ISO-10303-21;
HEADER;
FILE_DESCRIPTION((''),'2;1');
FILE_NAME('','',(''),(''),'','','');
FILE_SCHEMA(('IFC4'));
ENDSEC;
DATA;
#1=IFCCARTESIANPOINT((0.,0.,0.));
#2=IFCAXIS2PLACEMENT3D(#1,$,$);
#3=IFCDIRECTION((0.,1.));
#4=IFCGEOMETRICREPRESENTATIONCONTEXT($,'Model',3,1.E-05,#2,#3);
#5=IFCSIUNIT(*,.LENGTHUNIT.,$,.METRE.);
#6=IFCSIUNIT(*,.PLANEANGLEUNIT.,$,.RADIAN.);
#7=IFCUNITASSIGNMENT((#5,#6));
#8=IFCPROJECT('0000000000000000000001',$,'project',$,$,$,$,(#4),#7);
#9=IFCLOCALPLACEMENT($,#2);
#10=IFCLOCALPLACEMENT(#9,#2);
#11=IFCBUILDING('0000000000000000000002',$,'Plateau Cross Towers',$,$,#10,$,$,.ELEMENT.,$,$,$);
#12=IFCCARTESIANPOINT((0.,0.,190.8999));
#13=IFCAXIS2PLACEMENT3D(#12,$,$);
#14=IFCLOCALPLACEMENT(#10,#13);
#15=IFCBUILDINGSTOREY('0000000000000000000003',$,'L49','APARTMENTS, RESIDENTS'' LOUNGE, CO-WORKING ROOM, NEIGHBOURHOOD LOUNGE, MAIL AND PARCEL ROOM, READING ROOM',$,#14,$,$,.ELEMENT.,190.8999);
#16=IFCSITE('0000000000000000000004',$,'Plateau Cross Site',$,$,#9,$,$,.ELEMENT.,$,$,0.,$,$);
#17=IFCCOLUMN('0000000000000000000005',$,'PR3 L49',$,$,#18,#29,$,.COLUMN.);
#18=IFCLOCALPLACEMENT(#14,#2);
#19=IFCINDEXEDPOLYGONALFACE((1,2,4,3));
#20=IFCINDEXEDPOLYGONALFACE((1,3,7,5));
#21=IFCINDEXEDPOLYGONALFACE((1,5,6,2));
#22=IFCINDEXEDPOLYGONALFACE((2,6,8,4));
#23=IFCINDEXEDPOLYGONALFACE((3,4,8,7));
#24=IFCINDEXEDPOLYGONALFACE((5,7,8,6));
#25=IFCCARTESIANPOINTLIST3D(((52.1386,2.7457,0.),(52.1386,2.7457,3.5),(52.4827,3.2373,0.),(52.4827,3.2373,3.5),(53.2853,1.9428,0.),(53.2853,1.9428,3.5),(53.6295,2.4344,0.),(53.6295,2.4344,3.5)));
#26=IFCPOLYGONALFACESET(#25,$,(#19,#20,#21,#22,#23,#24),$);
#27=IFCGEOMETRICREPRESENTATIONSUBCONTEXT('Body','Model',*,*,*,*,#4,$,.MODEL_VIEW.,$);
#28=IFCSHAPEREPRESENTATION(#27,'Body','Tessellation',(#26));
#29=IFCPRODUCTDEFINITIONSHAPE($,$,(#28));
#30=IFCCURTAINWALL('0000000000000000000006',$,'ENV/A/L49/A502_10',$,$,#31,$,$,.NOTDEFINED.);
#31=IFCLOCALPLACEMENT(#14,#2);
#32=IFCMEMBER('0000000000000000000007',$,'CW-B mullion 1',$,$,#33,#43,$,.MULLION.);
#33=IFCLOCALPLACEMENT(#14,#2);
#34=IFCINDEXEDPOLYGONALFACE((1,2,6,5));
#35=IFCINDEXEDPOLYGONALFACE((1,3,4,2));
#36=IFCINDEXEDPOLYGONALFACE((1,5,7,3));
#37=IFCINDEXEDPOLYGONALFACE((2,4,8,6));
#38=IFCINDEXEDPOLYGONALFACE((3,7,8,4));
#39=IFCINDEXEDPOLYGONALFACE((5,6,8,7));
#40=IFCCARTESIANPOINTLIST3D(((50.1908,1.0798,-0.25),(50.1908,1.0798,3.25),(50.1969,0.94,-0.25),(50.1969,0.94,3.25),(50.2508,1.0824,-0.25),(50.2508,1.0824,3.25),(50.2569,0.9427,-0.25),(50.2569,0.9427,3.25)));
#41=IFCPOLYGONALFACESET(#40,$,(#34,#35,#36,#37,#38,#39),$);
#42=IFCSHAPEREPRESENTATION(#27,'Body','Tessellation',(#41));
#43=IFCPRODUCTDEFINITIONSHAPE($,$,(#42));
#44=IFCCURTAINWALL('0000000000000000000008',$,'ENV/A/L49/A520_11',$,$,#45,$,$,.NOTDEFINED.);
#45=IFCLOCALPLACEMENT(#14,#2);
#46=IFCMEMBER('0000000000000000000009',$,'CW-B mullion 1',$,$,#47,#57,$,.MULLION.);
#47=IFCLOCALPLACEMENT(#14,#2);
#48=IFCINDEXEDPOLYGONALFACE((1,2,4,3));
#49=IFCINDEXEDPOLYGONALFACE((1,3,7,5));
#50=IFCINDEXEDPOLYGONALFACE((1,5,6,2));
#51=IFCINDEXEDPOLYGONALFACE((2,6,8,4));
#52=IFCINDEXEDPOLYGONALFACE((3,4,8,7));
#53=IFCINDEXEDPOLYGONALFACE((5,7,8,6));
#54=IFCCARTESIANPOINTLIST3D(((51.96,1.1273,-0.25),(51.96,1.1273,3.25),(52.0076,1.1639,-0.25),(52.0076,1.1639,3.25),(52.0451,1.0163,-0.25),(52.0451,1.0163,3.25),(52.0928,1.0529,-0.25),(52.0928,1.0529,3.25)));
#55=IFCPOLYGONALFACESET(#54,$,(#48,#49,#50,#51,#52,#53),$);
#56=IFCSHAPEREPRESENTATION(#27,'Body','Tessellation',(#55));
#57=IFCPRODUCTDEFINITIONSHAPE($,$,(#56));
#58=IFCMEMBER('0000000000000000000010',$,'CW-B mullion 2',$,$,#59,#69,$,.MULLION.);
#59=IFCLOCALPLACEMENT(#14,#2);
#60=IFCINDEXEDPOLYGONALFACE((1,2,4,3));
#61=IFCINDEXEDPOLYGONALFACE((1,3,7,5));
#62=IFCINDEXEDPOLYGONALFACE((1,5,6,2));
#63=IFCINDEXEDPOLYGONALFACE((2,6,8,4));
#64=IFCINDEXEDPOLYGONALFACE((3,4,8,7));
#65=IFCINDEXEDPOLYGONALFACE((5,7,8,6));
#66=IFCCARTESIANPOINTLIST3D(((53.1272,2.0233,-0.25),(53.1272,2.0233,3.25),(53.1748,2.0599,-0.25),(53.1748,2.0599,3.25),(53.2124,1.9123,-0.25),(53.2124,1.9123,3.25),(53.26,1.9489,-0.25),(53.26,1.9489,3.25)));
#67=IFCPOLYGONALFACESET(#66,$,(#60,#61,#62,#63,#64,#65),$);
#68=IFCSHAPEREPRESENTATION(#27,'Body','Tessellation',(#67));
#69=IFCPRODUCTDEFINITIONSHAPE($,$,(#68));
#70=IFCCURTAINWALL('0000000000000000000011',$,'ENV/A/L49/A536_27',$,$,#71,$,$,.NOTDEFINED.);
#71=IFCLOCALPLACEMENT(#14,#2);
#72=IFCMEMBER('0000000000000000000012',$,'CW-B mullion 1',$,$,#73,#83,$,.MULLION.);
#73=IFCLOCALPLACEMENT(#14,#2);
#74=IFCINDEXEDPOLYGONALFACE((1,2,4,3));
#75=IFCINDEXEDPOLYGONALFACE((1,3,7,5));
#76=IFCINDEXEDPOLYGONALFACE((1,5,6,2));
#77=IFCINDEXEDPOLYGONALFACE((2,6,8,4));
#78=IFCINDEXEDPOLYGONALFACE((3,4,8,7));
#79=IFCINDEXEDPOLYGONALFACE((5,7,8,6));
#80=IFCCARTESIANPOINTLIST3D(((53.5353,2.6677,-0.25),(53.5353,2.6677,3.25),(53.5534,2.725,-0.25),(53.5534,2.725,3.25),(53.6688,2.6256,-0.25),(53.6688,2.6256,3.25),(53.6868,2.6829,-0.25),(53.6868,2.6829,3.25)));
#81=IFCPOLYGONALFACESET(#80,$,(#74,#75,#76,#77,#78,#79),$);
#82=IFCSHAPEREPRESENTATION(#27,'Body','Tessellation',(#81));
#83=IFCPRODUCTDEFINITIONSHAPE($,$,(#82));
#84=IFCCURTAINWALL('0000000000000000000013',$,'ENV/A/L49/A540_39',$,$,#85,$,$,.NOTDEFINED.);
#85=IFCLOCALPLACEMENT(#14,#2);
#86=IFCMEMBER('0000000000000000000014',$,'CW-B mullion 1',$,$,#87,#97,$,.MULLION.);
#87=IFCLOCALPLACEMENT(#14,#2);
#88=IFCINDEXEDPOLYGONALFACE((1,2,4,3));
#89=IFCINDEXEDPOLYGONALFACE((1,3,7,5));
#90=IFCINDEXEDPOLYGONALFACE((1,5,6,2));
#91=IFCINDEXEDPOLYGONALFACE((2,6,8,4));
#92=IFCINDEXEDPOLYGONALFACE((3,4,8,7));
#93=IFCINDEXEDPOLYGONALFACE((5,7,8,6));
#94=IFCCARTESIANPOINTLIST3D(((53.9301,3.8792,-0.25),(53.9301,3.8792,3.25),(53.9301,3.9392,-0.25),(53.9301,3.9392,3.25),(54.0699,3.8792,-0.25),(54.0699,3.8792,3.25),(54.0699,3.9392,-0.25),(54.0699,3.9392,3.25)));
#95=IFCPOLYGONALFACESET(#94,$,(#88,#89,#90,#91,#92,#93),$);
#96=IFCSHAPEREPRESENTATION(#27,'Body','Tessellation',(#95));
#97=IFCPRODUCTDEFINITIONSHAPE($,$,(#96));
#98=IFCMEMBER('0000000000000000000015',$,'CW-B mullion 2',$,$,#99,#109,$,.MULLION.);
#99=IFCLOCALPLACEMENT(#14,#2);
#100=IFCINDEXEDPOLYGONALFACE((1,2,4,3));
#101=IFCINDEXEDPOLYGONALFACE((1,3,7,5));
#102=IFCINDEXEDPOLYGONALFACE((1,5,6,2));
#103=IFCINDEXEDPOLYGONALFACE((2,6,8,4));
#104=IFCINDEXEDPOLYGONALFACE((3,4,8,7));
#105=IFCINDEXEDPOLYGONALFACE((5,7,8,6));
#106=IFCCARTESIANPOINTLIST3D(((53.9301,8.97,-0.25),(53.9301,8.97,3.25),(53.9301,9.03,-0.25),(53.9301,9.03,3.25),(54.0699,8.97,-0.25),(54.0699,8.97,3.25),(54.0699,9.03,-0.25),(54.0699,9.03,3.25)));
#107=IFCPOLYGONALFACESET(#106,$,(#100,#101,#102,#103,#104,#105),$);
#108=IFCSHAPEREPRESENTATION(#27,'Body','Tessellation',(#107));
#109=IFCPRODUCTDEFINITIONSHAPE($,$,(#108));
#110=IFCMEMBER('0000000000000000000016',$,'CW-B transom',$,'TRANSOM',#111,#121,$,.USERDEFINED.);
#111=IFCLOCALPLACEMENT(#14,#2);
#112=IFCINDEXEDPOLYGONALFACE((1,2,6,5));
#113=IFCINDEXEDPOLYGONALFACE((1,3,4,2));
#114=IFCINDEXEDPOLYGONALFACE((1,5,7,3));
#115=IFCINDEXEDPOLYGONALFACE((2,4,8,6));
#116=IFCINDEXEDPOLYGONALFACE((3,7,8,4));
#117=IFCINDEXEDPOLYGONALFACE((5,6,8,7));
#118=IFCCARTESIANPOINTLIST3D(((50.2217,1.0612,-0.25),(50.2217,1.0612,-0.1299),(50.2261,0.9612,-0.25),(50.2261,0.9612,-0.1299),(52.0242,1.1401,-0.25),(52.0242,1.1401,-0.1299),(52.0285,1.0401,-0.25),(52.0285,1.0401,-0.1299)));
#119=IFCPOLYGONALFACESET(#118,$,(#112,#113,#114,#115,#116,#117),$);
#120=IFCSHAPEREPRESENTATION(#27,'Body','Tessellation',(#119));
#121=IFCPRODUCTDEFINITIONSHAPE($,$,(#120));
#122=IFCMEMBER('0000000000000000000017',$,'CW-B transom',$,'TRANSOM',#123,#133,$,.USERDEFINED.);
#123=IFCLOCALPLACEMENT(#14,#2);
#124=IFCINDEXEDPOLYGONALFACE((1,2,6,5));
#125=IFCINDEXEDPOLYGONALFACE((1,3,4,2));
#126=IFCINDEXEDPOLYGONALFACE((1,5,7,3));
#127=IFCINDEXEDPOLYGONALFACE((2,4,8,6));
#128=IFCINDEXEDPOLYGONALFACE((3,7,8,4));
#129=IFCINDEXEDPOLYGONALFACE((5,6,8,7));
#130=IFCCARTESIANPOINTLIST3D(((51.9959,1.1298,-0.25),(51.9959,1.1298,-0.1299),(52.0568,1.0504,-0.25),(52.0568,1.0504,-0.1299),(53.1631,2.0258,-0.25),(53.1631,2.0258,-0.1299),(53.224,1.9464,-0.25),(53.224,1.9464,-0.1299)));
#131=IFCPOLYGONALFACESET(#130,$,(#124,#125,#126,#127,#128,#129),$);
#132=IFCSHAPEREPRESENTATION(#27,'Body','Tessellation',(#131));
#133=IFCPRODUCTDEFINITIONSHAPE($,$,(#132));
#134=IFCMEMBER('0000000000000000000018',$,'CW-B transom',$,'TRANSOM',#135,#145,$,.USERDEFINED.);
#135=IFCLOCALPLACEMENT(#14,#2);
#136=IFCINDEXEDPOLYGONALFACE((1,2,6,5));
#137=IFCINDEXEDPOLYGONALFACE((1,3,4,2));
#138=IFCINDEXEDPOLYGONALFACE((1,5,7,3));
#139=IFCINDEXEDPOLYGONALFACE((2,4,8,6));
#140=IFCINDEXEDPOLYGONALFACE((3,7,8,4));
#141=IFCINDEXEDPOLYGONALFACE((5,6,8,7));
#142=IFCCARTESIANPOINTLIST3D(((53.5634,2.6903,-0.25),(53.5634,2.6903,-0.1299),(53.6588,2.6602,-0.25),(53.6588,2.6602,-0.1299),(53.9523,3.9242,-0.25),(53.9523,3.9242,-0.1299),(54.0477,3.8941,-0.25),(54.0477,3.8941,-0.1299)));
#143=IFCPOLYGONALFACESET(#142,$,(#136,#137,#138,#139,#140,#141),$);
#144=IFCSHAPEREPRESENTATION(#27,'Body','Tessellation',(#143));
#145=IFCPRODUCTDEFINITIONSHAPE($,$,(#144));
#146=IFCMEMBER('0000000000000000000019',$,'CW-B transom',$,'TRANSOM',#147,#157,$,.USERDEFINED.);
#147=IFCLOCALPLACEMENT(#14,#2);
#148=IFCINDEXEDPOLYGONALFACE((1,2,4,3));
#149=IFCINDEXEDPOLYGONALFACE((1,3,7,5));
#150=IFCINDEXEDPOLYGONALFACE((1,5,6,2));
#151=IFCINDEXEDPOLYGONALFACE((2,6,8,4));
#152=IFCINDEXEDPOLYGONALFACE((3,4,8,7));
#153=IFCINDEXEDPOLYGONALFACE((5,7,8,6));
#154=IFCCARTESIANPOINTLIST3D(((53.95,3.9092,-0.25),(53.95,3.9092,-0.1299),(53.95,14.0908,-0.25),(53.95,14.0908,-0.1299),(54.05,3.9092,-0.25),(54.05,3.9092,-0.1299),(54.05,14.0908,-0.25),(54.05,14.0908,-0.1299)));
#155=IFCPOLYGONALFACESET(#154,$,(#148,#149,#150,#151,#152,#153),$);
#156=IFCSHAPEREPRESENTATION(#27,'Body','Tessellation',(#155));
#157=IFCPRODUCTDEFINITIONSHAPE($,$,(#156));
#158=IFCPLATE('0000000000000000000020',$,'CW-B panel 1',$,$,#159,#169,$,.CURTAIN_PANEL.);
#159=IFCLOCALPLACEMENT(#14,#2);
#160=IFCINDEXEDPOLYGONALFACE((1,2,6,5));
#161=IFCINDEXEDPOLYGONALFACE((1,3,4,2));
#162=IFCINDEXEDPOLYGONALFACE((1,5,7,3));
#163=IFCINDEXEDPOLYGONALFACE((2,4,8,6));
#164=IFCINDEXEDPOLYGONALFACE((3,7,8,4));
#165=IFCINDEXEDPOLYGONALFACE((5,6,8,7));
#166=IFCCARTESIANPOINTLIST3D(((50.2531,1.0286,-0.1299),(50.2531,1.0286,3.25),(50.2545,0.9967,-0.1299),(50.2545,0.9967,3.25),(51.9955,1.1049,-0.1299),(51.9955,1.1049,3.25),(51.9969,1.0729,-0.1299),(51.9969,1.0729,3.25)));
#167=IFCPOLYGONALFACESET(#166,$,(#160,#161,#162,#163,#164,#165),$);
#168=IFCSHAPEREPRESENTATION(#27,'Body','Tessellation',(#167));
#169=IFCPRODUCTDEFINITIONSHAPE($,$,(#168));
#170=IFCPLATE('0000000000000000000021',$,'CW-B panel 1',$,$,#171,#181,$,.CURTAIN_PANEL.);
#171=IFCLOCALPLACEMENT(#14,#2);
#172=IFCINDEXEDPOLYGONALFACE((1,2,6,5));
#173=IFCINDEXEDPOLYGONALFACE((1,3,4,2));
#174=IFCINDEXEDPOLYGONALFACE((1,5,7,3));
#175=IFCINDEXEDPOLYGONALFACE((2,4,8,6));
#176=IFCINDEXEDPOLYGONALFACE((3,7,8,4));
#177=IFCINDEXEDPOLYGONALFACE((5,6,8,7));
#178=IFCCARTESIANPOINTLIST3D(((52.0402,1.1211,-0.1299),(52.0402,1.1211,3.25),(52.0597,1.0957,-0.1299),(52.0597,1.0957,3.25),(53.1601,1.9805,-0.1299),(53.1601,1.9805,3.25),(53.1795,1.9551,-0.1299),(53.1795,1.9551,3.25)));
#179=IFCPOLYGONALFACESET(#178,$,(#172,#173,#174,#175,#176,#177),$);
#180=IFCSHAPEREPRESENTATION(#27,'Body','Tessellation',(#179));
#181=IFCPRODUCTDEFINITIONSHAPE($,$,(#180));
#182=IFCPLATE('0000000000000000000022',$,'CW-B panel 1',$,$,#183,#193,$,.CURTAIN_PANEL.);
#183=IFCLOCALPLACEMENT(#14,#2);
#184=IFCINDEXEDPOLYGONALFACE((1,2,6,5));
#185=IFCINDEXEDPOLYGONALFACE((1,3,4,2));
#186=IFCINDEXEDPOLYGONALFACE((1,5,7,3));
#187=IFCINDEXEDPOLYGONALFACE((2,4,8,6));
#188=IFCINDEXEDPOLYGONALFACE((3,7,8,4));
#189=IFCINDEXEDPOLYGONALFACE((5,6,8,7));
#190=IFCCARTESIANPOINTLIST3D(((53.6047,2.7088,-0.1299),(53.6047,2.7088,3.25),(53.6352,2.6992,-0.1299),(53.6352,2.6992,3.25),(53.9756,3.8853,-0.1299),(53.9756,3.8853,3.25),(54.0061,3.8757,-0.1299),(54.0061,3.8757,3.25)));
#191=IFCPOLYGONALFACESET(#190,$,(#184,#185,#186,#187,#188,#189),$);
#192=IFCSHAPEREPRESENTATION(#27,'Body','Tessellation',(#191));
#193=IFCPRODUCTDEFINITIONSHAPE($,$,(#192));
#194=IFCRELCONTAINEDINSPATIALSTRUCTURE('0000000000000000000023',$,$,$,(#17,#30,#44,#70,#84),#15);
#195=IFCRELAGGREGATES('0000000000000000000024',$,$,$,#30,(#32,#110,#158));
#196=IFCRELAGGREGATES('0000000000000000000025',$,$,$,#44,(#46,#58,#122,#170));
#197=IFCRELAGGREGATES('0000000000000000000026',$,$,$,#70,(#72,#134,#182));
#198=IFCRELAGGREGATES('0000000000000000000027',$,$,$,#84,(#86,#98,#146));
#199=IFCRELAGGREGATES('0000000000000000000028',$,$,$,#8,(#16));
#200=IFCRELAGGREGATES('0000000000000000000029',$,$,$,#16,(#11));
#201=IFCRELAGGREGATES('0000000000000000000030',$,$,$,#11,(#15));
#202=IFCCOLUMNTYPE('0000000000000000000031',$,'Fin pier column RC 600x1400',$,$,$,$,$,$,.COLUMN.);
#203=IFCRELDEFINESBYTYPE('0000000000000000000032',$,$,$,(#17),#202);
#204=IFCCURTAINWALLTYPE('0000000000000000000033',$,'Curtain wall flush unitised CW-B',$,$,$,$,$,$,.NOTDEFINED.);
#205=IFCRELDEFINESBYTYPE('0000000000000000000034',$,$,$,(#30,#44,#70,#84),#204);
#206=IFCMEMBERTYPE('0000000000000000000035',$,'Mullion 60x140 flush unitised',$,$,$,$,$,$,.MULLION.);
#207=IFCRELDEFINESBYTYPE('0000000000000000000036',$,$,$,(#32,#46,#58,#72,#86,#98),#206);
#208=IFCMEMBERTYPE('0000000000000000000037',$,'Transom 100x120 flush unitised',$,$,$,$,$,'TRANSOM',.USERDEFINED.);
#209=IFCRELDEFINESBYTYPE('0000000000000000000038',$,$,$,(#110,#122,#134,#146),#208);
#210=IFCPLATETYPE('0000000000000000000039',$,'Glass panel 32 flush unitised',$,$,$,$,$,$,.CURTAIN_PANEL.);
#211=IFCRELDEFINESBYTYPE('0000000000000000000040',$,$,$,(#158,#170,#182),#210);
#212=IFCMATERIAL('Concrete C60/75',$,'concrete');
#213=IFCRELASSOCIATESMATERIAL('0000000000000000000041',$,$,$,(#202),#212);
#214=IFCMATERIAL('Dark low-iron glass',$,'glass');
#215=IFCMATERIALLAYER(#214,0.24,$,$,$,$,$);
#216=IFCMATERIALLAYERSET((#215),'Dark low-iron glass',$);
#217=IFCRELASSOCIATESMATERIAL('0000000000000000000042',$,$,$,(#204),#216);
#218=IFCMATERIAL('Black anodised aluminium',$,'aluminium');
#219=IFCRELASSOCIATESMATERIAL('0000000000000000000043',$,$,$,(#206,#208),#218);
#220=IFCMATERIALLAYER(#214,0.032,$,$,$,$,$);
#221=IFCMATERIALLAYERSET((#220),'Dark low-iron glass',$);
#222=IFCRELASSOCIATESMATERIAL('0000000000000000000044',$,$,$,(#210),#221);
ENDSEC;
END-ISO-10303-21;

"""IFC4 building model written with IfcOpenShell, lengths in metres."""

from ifc_helpers import new_model, si_unit, direction, frame, origin, origin_2d, place, context, subcontext, project, spatial, rectangle, extrude, material, layer, layer_set, material_profile, profile_set, type_object, element, aggregate, save


model = new_model("IFC4")

# Units and contexts
model_context = context("Model", 3, precision=1e-05, world=origin(), true_north=direction((0.0, 1.0)))
body_context = subcontext(model_context, "Body", "Model", "MODEL_VIEW")
ifc_project = project(units=[si_unit("LENGTHUNIT", "METRE"), si_unit("PLANEANGLEUNIT", "RADIAN")], contexts=[model_context])

# Site, building, storey
site_placement = place(None, origin())
site = spatial("IfcSite", under=ifc_project, at=site_placement, Name="Plateau Cross Site", CompositionType="ELEMENT", RefElevation=0.0)
building_placement = place(site_placement, origin())
building = spatial("IfcBuilding", under=site, at=building_placement, Name="Plateau Cross Towers", CompositionType="ELEMENT")
storey_placement = place(building_placement, frame((0.0, 0.0, 190.8999)))
storey = spatial("IfcBuildingStorey", under=building, at=storey_placement, Name="L49", Description="APARTMENTS, RESIDENTS' LOUNGE, CO-WORKING ROOM, NEIGHBOURHOOD LOUNGE, MAIL AND PARCEL ROOM, READING ROOM", CompositionType="ELEMENT", Elevation=190.8999)

# Column
ifc_material_1 = material(Name="Concrete C60/75", Category="concrete")
ifc_material_profile_1 = material_profile(ifc_material_1, rectangle(XDim=0.6001, YDim=1.3999, at=origin_2d()), Name="RC 600x1400")
ifc_profile_set_1 = profile_set([ifc_material_profile_1], Name="Concrete C60/75")
column_type = type_object("IfcColumnType", Name="Fin pier column RC 600x1400", PredefinedType="COLUMN", material=ifc_profile_set_1)
column_placement = place(storey_placement, frame((52.884, 2.5901, 0.0), z_axis=(0.0, 0.0, 1.0), x_axis=(0.573543, 0.819176, 0.0)))
element("IfcColumn", 1, at=column_placement, inside=storey, type_object=column_type, Name="PR3 L49", PredefinedType="COLUMN", context=body_context, shape_type="SweptSolid", body=[
    extrude(rectangle(XDim=0.6001, YDim=1.3999, at=origin_2d()), origin(), (0.0, 0.0, 1.0), 3.5),
])

# Curtain wall, member
ifc_material_2 = material(Name="Dark low-iron glass", Category="glass")
ifc_layer_1 = layer(ifc_material_2, 0.24)
ifc_layer_set_1 = layer_set([ifc_layer_1], Name="Dark low-iron glass")
curtain_wall_type_1 = type_object("IfcCurtainWallType", Name="Curtain wall flush unitised CW-B", PredefinedType="NOTDEFINED", material=ifc_layer_set_1)
curtain_wall_1_placement = place(storey_placement, origin())
curtain_wall_1 = element("IfcCurtainWall", 2, at=curtain_wall_1_placement, inside=storey, type_object=curtain_wall_type_1, Name="ENV/A/L49/A502_10", PredefinedType="NOTDEFINED")
ifc_material_3 = material(Name="Black anodised aluminium", Category="aluminium")
ifc_material_profile_2 = material_profile(ifc_material_3, rectangle(XDim=0.0601, YDim=0.1399, at=origin_2d()), Name="MULLION 60x140")
ifc_profile_set_2 = profile_set([ifc_material_profile_2], Name="Black anodised aluminium")
member_type_1 = type_object("IfcMemberType", Name="Mullion 60x140 flush unitised", PredefinedType="MULLION", material=ifc_profile_set_2)
member_1_placement = place(storey_placement, frame((50.2239, 1.0112, -0.25), z_axis=(0.0, 0.0, 1.0), x_axis=(0.999044, 0.043723, 0.0)))
member_1 = element("IfcMember", 3, at=member_1_placement, type_object=member_type_1, Name="CW-B mullion 1", PredefinedType="MULLION", context=body_context, shape_type="SweptSolid", body=[
    extrude(rectangle(XDim=0.0601, YDim=0.1399, at=origin_2d()), origin(), (0.0, 0.0, 1.0), 3.5),
])

# Curtain wall, members
curtain_wall_2_placement = place(storey_placement, origin())
curtain_wall_2 = element("IfcCurtainWall", 4, at=curtain_wall_2_placement, inside=storey, type_object=curtain_wall_type_1, Name="ENV/A/L49/A520_11", PredefinedType="NOTDEFINED")
member_2_placement = place(storey_placement, frame((52.0264, 1.0901, -0.25), z_axis=(0.0, 0.0, 1.0), x_axis=(0.793316, 0.608811, 0.0)))
member_2 = element("IfcMember", 5, at=member_2_placement, type_object=member_type_1, Name="CW-B mullion 1", PredefinedType="MULLION", context=body_context, shape_type="SweptSolid", body=[
    extrude(rectangle(XDim=0.0601, YDim=0.1399, at=origin_2d()), origin(), (0.0, 0.0, 1.0), 3.5),
])
member_3_placement = place(storey_placement, frame((53.1936, 1.9861, -0.25), z_axis=(0.0, 0.0, 1.0), x_axis=(0.793316, 0.608811, 0.0)))
member_3 = element("IfcMember", 6, at=member_3_placement, type_object=member_type_1, Name="CW-B mullion 2", PredefinedType="MULLION", context=body_context, shape_type="SweptSolid", body=[
    extrude(rectangle(XDim=0.0601, YDim=0.1399, at=origin_2d()), origin(), (0.0, 0.0, 1.0), 3.5),
])

# Curtain wall, member
curtain_wall_3_placement = place(storey_placement, origin())
curtain_wall_3 = element("IfcCurtainWall", 7, at=curtain_wall_3_placement, inside=storey, type_object=curtain_wall_type_1, Name="ENV/A/L49/A536_27", PredefinedType="NOTDEFINED")
member_4_placement = place(storey_placement, frame((53.6111, 2.6753, -0.25), z_axis=(0.0, 0.0, 1.0), x_axis=(0.300686, 0.953723, 0.0)))
member_4 = element("IfcMember", 8, at=member_4_placement, type_object=member_type_1, Name="CW-B mullion 1", PredefinedType="MULLION", context=body_context, shape_type="SweptSolid", body=[
    extrude(rectangle(XDim=0.0601, YDim=0.1399, at=origin_2d()), origin(), (0.0, 0.0, 1.0), 3.5),
])

# Curtain wall, members
curtain_wall_4_placement = place(storey_placement, origin())
curtain_wall_4 = element("IfcCurtainWall", 9, at=curtain_wall_4_placement, inside=storey, type_object=curtain_wall_type_1, Name="ENV/A/L49/A540_39", PredefinedType="NOTDEFINED")
member_5_placement = place(storey_placement, frame((54.0, 3.9092, -0.25), z_axis=(0.0, 0.0, 1.0), x_axis=(0.0, 1.0, 0.0)))
member_5 = element("IfcMember", 10, at=member_5_placement, type_object=member_type_1, Name="CW-B mullion 1", PredefinedType="MULLION", context=body_context, shape_type="SweptSolid", body=[
    extrude(rectangle(XDim=0.0601, YDim=0.1399, at=origin_2d()), origin(), (0.0, 0.0, 1.0), 3.5),
])
member_6_placement = place(storey_placement, frame((54.0, 9.0, -0.25), z_axis=(0.0, 0.0, 1.0), x_axis=(0.0, 1.0, 0.0)))
member_6 = element("IfcMember", 11, at=member_6_placement, type_object=member_type_1, Name="CW-B mullion 2", PredefinedType="MULLION", context=body_context, shape_type="SweptSolid", body=[
    extrude(rectangle(XDim=0.0601, YDim=0.1399, at=origin_2d()), origin(), (0.0, 0.0, 1.0), 3.5),
])

# Members
ifc_material_profile_3 = material_profile(ifc_material_3, rectangle(XDim=0.1001, YDim=0.1201, at=origin_2d()), Name="TRANSOM 100x120")
ifc_profile_set_3 = profile_set([ifc_material_profile_3], Name="Black anodised aluminium")
member_type_2 = type_object("IfcMemberType", Name="Transom 100x120 flush unitised", ElementType="TRANSOM", PredefinedType="USERDEFINED", material=ifc_profile_set_3)
member_7_placement = place(storey_placement, frame((50.2239, 1.0112, -0.1899), z_axis=(0.999044, 0.043707, 0.0), x_axis=(-0.043707, 0.999044, 0.0)))
member_7 = element("IfcMember", 12, at=member_7_placement, type_object=member_type_2, Name="CW-B transom", ObjectType="TRANSOM", PredefinedType="USERDEFINED", context=body_context, shape_type="SweptSolid", body=[
    extrude(rectangle(XDim=0.1001, YDim=0.1201, at=origin_2d()), origin(), (0.0, 0.0, 1.0), 1.8042),
])
member_8_placement = place(storey_placement, frame((52.0264, 1.0901, -0.1899), z_axis=(0.79324, 0.608909, 0.0), x_axis=(-0.608909, 0.79324, 0.0)))
member_8 = element("IfcMember", 13, at=member_8_placement, type_object=member_type_2, Name="CW-B transom", ObjectType="TRANSOM", PredefinedType="USERDEFINED", context=body_context, shape_type="SweptSolid", body=[
    extrude(rectangle(XDim=0.1001, YDim=0.1201, at=origin_2d()), origin(), (0.0, 0.0, 1.0), 1.4714),
])
member_9_placement = place(storey_placement, frame((53.6111, 2.6753, -0.1899), z_axis=(0.300617, 0.953745, 0.0), x_axis=(-0.953745, 0.300617, 0.0)))
member_9 = element("IfcMember", 14, at=member_9_placement, type_object=member_type_2, Name="CW-B transom", ObjectType="TRANSOM", PredefinedType="USERDEFINED", context=body_context, shape_type="SweptSolid", body=[
    extrude(rectangle(XDim=0.1001, YDim=0.1201, at=origin_2d()), origin(), (0.0, 0.0, 1.0), 1.2937),
])
member_10_placement = place(storey_placement, frame((54.0, 3.9092, -0.1899), z_axis=(0.0, 1.0, 0.0), x_axis=(-1.0, 0.0, 0.0)))
member_10 = element("IfcMember", 15, at=member_10_placement, type_object=member_type_2, Name="CW-B transom", ObjectType="TRANSOM", PredefinedType="USERDEFINED", context=body_context, shape_type="SweptSolid", body=[
    extrude(rectangle(XDim=0.1001, YDim=0.1201, at=origin_2d()), origin(), (0.0, 0.0, 1.0), 10.1816),
])

# Plates
ifc_layer_2 = layer(ifc_material_2, 0.032)
ifc_layer_set_2 = layer_set([ifc_layer_2], Name="Dark low-iron glass")
plate_type_1 = type_object("IfcPlateType", Name="Glass panel 32 flush unitised", PredefinedType="CURTAIN_PANEL", material=ifc_layer_set_2)
plate_1_placement = place(storey_placement, frame((51.125, 1.0508, -0.1299), z_axis=(0.0, 0.0, 1.0), x_axis=(0.999044, 0.043723, 0.0)))
plate_1 = element("IfcPlate", 16, at=plate_1_placement, type_object=plate_type_1, Name="CW-B panel 1", PredefinedType="CURTAIN_PANEL", context=body_context, shape_type="SweptSolid", body=[
    extrude(rectangle(XDim=1.7441, YDim=0.032, at=origin_2d()), origin(), (0.0, 0.0, 1.0), 3.3799),
])
aggregate(curtain_wall_1, [member_1, member_7, plate_1])
plate_2_placement = place(storey_placement, frame((52.6099, 1.5381, -0.1299), z_axis=(0.0, 0.0, 1.0), x_axis=(0.793316, 0.608811, 0.0)))
plate_2 = element("IfcPlate", 17, at=plate_2_placement, type_object=plate_type_1, Name="CW-B panel 1", PredefinedType="CURTAIN_PANEL", context=body_context, shape_type="SweptSolid", body=[
    extrude(rectangle(XDim=1.4116, YDim=0.032, at=origin_2d()), origin(), (0.0, 0.0, 1.0), 3.3799),
])
aggregate(curtain_wall_2, [member_2, member_3, member_8, plate_2])
plate_3_placement = place(storey_placement, frame((53.8054, 3.2922, -0.1299), z_axis=(0.0, 0.0, 1.0), x_axis=(0.300686, 0.953723, 0.0)))
plate_3 = element("IfcPlate", 18, at=plate_3_placement, type_object=plate_type_1, Name="CW-B panel 1", PredefinedType="CURTAIN_PANEL", context=body_context, shape_type="SweptSolid", body=[
    extrude(rectangle(XDim=1.2336, YDim=0.032, at=origin_2d()), origin(), (0.0, 0.0, 1.0), 3.3799),
])
aggregate(curtain_wall_3, [member_4, member_9, plate_3])
aggregate(curtain_wall_4, [member_5, member_6, member_10])

save(model, "model.ifc")
